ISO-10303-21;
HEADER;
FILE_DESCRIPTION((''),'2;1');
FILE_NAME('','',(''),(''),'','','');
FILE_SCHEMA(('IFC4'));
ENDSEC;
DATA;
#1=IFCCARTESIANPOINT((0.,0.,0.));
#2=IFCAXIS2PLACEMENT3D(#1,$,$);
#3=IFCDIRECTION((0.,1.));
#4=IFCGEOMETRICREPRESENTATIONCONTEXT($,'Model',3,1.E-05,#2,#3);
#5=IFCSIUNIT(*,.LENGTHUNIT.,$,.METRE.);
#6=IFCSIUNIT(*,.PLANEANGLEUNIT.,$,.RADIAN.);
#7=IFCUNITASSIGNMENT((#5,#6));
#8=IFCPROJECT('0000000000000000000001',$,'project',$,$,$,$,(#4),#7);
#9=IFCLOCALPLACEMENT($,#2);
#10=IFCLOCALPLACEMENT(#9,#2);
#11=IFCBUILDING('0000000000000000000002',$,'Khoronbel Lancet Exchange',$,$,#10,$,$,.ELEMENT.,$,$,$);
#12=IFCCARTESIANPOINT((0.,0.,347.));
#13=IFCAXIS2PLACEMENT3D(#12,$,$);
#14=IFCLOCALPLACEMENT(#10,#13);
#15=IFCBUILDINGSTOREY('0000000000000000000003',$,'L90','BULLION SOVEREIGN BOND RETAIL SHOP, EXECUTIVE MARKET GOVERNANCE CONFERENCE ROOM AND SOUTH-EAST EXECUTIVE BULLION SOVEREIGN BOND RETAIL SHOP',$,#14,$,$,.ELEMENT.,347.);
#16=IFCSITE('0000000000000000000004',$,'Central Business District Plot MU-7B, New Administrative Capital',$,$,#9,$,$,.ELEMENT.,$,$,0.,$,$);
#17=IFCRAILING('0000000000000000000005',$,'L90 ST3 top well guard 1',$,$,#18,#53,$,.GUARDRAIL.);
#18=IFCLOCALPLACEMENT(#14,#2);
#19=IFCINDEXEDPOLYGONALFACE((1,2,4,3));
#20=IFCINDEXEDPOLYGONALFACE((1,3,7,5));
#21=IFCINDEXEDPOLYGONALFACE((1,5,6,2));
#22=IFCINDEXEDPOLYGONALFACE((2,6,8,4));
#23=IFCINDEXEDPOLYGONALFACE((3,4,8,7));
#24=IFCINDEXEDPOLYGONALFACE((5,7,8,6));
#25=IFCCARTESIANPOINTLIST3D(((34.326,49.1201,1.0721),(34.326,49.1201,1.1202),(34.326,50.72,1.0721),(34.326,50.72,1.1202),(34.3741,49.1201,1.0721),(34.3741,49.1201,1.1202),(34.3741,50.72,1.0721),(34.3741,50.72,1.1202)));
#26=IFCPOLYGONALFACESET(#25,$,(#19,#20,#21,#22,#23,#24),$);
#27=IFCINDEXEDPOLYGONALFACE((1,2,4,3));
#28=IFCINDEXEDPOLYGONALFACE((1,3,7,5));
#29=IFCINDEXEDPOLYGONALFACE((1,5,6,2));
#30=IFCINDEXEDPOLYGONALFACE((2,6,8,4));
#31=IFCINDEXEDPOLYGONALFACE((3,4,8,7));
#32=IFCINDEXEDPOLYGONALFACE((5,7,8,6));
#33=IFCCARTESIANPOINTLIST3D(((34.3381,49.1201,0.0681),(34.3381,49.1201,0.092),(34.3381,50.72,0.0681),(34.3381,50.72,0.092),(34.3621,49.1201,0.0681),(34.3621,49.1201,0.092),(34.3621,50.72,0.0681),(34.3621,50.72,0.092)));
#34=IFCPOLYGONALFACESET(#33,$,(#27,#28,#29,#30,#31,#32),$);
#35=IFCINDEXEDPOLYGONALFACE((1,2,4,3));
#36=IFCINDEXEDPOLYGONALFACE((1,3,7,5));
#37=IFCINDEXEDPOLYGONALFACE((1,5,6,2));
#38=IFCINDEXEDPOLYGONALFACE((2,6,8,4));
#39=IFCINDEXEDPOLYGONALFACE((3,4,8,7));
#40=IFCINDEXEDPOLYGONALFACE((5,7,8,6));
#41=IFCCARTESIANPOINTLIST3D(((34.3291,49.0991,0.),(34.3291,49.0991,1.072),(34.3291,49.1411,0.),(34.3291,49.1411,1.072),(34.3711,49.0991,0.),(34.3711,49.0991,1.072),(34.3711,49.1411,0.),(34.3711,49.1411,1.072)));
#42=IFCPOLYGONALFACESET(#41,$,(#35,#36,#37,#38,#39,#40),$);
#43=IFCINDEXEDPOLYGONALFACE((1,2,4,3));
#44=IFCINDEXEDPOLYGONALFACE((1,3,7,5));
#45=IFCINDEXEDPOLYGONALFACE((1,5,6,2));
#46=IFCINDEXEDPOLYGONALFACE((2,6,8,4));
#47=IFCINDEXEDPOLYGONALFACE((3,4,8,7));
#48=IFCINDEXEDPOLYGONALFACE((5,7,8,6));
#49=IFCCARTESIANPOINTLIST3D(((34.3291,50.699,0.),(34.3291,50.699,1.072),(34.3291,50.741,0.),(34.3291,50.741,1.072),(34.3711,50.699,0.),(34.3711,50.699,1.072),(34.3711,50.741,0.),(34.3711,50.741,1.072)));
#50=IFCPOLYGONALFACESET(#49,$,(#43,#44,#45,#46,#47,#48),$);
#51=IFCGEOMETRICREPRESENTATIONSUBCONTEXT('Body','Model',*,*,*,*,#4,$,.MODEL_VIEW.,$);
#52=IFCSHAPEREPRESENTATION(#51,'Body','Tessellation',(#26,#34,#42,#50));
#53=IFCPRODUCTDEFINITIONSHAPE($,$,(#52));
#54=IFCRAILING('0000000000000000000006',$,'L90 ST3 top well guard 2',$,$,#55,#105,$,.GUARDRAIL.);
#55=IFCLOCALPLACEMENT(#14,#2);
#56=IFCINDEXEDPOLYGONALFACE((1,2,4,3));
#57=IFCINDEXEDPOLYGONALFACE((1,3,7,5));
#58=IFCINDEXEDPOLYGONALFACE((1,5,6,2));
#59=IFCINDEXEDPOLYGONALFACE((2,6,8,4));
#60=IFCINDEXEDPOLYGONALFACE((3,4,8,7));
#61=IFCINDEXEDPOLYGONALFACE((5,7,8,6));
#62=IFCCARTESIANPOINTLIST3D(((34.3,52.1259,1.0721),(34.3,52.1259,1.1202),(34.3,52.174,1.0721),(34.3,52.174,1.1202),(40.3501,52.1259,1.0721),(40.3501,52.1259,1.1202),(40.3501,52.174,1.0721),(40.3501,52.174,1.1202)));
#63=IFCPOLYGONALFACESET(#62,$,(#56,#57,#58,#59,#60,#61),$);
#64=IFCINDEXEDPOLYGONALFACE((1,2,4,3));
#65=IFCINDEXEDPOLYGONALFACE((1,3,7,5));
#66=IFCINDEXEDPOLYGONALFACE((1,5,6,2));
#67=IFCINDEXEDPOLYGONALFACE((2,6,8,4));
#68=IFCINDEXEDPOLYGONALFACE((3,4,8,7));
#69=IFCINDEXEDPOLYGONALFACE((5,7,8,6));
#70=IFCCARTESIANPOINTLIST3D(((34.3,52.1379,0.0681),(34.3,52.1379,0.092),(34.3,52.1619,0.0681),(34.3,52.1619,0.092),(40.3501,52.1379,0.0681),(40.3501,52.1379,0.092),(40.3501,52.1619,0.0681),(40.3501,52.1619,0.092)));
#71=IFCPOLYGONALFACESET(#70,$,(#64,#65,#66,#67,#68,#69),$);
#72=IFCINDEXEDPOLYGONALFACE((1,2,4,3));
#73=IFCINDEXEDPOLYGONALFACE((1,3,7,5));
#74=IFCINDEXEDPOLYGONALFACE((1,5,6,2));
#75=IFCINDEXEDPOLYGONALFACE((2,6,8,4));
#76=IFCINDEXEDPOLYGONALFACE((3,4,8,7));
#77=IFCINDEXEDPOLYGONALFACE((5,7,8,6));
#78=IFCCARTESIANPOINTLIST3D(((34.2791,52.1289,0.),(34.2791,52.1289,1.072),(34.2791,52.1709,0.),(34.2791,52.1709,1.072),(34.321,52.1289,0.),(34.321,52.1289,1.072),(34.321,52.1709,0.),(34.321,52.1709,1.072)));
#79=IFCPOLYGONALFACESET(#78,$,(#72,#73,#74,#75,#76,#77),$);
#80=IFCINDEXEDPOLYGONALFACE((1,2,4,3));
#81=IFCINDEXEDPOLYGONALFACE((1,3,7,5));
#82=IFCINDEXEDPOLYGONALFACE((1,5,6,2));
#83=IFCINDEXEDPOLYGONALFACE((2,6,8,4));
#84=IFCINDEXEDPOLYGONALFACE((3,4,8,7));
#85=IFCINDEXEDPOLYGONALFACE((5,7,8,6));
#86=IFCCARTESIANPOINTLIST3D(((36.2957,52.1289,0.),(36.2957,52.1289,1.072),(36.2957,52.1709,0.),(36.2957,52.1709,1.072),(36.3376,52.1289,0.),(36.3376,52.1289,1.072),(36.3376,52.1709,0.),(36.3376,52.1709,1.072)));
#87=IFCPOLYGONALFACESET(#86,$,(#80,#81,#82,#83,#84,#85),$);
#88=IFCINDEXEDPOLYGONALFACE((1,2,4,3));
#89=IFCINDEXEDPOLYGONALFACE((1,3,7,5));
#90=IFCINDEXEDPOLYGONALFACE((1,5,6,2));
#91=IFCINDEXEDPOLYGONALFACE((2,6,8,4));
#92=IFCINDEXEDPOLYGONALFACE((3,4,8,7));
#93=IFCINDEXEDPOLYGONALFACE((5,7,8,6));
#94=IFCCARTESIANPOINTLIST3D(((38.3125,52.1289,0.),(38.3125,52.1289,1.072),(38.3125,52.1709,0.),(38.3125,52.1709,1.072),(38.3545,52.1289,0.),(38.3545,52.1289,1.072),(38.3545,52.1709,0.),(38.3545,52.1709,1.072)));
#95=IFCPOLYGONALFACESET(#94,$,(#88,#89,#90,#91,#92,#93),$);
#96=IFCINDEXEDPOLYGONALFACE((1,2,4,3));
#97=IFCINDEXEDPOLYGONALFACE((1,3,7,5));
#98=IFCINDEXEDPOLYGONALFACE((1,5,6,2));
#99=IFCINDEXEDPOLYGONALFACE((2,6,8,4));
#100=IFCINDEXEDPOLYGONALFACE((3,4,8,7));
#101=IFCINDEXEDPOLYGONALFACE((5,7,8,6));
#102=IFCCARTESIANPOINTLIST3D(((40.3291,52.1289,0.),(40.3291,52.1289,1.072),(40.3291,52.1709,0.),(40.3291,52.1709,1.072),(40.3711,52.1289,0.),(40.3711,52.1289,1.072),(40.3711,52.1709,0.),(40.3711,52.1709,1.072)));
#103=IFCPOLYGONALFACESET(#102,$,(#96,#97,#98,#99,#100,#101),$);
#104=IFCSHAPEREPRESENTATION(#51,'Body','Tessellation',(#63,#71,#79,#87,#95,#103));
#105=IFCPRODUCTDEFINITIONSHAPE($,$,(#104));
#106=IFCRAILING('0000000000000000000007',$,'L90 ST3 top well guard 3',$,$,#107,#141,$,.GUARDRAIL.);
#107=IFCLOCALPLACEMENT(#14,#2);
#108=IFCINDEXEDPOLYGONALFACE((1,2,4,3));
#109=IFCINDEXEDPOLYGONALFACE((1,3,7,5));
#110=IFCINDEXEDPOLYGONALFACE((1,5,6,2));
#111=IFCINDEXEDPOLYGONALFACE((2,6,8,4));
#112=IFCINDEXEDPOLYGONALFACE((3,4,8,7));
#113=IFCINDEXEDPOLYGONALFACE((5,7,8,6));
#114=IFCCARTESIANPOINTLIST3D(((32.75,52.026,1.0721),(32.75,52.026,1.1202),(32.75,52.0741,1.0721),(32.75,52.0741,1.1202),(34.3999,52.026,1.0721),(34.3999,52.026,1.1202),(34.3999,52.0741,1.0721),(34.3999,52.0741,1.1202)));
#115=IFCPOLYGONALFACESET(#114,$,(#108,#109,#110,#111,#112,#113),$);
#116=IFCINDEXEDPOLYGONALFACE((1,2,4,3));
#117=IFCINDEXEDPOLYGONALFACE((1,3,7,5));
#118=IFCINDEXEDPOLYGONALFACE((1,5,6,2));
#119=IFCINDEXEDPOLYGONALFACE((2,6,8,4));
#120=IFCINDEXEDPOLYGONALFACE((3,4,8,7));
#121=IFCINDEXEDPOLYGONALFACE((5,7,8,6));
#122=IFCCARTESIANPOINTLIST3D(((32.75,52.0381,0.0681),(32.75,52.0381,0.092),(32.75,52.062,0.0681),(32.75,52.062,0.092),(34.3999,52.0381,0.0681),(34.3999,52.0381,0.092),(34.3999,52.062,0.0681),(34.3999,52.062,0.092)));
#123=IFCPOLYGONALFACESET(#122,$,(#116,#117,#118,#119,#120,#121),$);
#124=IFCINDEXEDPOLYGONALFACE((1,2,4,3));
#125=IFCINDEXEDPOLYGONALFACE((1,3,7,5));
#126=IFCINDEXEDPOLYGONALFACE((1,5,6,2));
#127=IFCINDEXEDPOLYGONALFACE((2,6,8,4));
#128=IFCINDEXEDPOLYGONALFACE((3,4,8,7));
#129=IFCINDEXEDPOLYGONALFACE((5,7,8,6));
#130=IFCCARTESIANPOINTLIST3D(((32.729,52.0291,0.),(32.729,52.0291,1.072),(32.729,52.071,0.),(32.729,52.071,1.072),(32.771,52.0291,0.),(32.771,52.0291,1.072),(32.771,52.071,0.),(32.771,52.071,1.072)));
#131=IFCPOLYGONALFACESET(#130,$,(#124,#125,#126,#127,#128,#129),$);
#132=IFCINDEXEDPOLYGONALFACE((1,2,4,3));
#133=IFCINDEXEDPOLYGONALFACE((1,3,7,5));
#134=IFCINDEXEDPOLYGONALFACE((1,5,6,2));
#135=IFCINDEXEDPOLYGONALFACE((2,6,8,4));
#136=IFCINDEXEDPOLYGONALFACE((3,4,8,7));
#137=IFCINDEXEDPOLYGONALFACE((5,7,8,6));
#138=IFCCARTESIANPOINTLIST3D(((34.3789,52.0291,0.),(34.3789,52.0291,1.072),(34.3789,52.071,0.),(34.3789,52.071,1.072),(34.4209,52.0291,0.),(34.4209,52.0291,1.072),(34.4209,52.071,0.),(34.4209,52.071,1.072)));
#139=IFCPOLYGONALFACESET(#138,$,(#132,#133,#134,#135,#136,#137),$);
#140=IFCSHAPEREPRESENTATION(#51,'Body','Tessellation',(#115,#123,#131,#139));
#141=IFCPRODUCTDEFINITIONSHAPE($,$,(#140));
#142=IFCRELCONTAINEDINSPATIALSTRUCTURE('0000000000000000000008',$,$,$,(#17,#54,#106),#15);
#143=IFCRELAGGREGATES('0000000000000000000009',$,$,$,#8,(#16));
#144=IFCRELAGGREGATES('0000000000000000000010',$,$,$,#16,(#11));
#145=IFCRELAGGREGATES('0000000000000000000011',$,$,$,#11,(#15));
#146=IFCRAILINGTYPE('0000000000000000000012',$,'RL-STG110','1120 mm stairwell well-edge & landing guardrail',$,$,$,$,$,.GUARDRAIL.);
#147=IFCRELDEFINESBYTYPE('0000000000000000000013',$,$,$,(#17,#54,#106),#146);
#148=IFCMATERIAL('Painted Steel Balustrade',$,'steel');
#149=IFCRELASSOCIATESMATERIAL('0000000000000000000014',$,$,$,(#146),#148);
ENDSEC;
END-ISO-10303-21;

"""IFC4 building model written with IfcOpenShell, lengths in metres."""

from ifc_helpers import new_model, si_unit, direction, frame, origin, origin_2d, place, context, subcontext, project, spatial, rectangle, extrude, material, type_object, element, save


model = new_model("IFC4")

# Units and contexts
model_context = context("Model", 3, precision=1e-05, world=origin(), true_north=direction((0.0, 1.0)))
body_context = subcontext(model_context, "Body", "Model", "MODEL_VIEW")
ifc_project = project(units=[si_unit("LENGTHUNIT", "METRE"), si_unit("PLANEANGLEUNIT", "RADIAN")], contexts=[model_context])

# Site, building, storey
site_placement = place(None, origin())
site = spatial("IfcSite", under=ifc_project, at=site_placement, Name="Central Business District Plot MU-7B, New Administrative Capital", CompositionType="ELEMENT", RefElevation=0.0)
building_placement = place(site_placement, origin())
building = spatial("IfcBuilding", under=site, at=building_placement, Name="Khoronbel Lancet Exchange", CompositionType="ELEMENT")
storey_placement = place(building_placement, frame((0.0, 0.0, 347.0)))
storey = spatial("IfcBuildingStorey", under=building, at=storey_placement, Name="L90", Description="BULLION SOVEREIGN BOND RETAIL SHOP, EXECUTIVE MARKET GOVERNANCE CONFERENCE ROOM AND SOUTH-EAST EXECUTIVE BULLION SOVEREIGN BOND RETAIL SHOP", CompositionType="ELEMENT", Elevation=347.0)

# Railings
ifc_material_1 = material(Name="Painted Steel Balustrade", Category="steel")
railing_type = type_object("IfcRailingType", Name="RL-STG110", Description="1120 mm stairwell well-edge & landing guardrail", PredefinedType="GUARDRAIL", material=ifc_material_1)
railing_1_placement = place(storey_placement, frame((34.3501, 49.1201, 0.0)))
element("IfcRailing", 1, at=railing_1_placement, inside=storey, type_object=railing_type, Name="L90 ST3 top well guard 1", PredefinedType="GUARDRAIL", context=body_context, shape_type="SweptSolid", body=[
    extrude(rectangle(XDim=0.0481, YDim=0.0481, at=origin_2d()), frame((0.0, 0.0, 1.0962), z_axis=(0.0, 1.0, 0.0), x_axis=(-1.0, 0.0, 0.0)), (0.0, 0.0, 1.0), 1.5999),
    extrude(rectangle(XDim=0.0239, YDim=0.0239, at=origin_2d()), frame((0.0, 0.0, 0.0801), z_axis=(0.0, 1.0, 0.0), x_axis=(-1.0, 0.0, 0.0)), (0.0, 0.0, 1.0), 1.5999),
    extrude(rectangle(XDim=0.042, YDim=0.042, at=origin_2d()), origin(), (0.0, 0.0, 1.0), 1.072),
    extrude(rectangle(XDim=0.042, YDim=0.042, at=origin_2d()), frame((0.0, 1.5999, 0.0)), (0.0, 0.0, 1.0), 1.072),
])
railing_2_placement = place(storey_placement, frame((34.3, 52.1499, 0.0)))
element("IfcRailing", 2, at=railing_2_placement, inside=storey, type_object=railing_type, Name="L90 ST3 top well guard 2", PredefinedType="GUARDRAIL", context=body_context, shape_type="SweptSolid", body=[
    extrude(rectangle(XDim=0.0481, YDim=0.0481, at=origin_2d()), frame((0.0, 0.0, 1.0962), z_axis=(1.0, 0.0, 0.0), x_axis=(0.0, 1.0, 0.0)), (0.0, 0.0, 1.0), 6.05),
    extrude(rectangle(XDim=0.0239, YDim=0.0239, at=origin_2d()), frame((0.0, 0.0, 0.0801), z_axis=(1.0, 0.0, 0.0), x_axis=(0.0, 1.0, 0.0)), (0.0, 0.0, 1.0), 6.05),
    extrude(rectangle(XDim=0.042, YDim=0.042, at=origin_2d()), origin(), (0.0, 0.0, 1.0), 1.072),
    extrude(rectangle(XDim=0.042, YDim=0.042, at=origin_2d()), frame((2.0166, 0.0, 0.0)), (0.0, 0.0, 1.0), 1.072),
    extrude(rectangle(XDim=0.042, YDim=0.042, at=origin_2d()), frame((4.0334, 0.0, 0.0)), (0.0, 0.0, 1.0), 1.072),
    extrude(rectangle(XDim=0.042, YDim=0.042, at=origin_2d()), frame((6.05, 0.0, 0.0)), (0.0, 0.0, 1.0), 1.072),
])
railing_3_placement = place(storey_placement, frame((32.75, 52.05, 0.0)))
element("IfcRailing", 3, at=railing_3_placement, inside=storey, type_object=railing_type, Name="L90 ST3 top well guard 3", PredefinedType="GUARDRAIL", context=body_context, shape_type="SweptSolid", body=[
    extrude(rectangle(XDim=0.0481, YDim=0.0481, at=origin_2d()), frame((0.0, 0.0, 1.0962), z_axis=(1.0, 0.0, 0.0), x_axis=(0.0, 1.0, 0.0)), (0.0, 0.0, 1.0), 1.6499),
    extrude(rectangle(XDim=0.0239, YDim=0.0239, at=origin_2d()), frame((0.0, 0.0, 0.0801), z_axis=(1.0, 0.0, 0.0), x_axis=(0.0, 1.0, 0.0)), (0.0, 0.0, 1.0), 1.6499),
    extrude(rectangle(XDim=0.042, YDim=0.042, at=origin_2d()), origin(), (0.0, 0.0, 1.0), 1.072),
    extrude(rectangle(XDim=0.042, YDim=0.042, at=origin_2d()), frame((1.6499, 0.0, 0.0)), (0.0, 0.0, 1.0), 1.072),
])

save(model, "model.ifc")
